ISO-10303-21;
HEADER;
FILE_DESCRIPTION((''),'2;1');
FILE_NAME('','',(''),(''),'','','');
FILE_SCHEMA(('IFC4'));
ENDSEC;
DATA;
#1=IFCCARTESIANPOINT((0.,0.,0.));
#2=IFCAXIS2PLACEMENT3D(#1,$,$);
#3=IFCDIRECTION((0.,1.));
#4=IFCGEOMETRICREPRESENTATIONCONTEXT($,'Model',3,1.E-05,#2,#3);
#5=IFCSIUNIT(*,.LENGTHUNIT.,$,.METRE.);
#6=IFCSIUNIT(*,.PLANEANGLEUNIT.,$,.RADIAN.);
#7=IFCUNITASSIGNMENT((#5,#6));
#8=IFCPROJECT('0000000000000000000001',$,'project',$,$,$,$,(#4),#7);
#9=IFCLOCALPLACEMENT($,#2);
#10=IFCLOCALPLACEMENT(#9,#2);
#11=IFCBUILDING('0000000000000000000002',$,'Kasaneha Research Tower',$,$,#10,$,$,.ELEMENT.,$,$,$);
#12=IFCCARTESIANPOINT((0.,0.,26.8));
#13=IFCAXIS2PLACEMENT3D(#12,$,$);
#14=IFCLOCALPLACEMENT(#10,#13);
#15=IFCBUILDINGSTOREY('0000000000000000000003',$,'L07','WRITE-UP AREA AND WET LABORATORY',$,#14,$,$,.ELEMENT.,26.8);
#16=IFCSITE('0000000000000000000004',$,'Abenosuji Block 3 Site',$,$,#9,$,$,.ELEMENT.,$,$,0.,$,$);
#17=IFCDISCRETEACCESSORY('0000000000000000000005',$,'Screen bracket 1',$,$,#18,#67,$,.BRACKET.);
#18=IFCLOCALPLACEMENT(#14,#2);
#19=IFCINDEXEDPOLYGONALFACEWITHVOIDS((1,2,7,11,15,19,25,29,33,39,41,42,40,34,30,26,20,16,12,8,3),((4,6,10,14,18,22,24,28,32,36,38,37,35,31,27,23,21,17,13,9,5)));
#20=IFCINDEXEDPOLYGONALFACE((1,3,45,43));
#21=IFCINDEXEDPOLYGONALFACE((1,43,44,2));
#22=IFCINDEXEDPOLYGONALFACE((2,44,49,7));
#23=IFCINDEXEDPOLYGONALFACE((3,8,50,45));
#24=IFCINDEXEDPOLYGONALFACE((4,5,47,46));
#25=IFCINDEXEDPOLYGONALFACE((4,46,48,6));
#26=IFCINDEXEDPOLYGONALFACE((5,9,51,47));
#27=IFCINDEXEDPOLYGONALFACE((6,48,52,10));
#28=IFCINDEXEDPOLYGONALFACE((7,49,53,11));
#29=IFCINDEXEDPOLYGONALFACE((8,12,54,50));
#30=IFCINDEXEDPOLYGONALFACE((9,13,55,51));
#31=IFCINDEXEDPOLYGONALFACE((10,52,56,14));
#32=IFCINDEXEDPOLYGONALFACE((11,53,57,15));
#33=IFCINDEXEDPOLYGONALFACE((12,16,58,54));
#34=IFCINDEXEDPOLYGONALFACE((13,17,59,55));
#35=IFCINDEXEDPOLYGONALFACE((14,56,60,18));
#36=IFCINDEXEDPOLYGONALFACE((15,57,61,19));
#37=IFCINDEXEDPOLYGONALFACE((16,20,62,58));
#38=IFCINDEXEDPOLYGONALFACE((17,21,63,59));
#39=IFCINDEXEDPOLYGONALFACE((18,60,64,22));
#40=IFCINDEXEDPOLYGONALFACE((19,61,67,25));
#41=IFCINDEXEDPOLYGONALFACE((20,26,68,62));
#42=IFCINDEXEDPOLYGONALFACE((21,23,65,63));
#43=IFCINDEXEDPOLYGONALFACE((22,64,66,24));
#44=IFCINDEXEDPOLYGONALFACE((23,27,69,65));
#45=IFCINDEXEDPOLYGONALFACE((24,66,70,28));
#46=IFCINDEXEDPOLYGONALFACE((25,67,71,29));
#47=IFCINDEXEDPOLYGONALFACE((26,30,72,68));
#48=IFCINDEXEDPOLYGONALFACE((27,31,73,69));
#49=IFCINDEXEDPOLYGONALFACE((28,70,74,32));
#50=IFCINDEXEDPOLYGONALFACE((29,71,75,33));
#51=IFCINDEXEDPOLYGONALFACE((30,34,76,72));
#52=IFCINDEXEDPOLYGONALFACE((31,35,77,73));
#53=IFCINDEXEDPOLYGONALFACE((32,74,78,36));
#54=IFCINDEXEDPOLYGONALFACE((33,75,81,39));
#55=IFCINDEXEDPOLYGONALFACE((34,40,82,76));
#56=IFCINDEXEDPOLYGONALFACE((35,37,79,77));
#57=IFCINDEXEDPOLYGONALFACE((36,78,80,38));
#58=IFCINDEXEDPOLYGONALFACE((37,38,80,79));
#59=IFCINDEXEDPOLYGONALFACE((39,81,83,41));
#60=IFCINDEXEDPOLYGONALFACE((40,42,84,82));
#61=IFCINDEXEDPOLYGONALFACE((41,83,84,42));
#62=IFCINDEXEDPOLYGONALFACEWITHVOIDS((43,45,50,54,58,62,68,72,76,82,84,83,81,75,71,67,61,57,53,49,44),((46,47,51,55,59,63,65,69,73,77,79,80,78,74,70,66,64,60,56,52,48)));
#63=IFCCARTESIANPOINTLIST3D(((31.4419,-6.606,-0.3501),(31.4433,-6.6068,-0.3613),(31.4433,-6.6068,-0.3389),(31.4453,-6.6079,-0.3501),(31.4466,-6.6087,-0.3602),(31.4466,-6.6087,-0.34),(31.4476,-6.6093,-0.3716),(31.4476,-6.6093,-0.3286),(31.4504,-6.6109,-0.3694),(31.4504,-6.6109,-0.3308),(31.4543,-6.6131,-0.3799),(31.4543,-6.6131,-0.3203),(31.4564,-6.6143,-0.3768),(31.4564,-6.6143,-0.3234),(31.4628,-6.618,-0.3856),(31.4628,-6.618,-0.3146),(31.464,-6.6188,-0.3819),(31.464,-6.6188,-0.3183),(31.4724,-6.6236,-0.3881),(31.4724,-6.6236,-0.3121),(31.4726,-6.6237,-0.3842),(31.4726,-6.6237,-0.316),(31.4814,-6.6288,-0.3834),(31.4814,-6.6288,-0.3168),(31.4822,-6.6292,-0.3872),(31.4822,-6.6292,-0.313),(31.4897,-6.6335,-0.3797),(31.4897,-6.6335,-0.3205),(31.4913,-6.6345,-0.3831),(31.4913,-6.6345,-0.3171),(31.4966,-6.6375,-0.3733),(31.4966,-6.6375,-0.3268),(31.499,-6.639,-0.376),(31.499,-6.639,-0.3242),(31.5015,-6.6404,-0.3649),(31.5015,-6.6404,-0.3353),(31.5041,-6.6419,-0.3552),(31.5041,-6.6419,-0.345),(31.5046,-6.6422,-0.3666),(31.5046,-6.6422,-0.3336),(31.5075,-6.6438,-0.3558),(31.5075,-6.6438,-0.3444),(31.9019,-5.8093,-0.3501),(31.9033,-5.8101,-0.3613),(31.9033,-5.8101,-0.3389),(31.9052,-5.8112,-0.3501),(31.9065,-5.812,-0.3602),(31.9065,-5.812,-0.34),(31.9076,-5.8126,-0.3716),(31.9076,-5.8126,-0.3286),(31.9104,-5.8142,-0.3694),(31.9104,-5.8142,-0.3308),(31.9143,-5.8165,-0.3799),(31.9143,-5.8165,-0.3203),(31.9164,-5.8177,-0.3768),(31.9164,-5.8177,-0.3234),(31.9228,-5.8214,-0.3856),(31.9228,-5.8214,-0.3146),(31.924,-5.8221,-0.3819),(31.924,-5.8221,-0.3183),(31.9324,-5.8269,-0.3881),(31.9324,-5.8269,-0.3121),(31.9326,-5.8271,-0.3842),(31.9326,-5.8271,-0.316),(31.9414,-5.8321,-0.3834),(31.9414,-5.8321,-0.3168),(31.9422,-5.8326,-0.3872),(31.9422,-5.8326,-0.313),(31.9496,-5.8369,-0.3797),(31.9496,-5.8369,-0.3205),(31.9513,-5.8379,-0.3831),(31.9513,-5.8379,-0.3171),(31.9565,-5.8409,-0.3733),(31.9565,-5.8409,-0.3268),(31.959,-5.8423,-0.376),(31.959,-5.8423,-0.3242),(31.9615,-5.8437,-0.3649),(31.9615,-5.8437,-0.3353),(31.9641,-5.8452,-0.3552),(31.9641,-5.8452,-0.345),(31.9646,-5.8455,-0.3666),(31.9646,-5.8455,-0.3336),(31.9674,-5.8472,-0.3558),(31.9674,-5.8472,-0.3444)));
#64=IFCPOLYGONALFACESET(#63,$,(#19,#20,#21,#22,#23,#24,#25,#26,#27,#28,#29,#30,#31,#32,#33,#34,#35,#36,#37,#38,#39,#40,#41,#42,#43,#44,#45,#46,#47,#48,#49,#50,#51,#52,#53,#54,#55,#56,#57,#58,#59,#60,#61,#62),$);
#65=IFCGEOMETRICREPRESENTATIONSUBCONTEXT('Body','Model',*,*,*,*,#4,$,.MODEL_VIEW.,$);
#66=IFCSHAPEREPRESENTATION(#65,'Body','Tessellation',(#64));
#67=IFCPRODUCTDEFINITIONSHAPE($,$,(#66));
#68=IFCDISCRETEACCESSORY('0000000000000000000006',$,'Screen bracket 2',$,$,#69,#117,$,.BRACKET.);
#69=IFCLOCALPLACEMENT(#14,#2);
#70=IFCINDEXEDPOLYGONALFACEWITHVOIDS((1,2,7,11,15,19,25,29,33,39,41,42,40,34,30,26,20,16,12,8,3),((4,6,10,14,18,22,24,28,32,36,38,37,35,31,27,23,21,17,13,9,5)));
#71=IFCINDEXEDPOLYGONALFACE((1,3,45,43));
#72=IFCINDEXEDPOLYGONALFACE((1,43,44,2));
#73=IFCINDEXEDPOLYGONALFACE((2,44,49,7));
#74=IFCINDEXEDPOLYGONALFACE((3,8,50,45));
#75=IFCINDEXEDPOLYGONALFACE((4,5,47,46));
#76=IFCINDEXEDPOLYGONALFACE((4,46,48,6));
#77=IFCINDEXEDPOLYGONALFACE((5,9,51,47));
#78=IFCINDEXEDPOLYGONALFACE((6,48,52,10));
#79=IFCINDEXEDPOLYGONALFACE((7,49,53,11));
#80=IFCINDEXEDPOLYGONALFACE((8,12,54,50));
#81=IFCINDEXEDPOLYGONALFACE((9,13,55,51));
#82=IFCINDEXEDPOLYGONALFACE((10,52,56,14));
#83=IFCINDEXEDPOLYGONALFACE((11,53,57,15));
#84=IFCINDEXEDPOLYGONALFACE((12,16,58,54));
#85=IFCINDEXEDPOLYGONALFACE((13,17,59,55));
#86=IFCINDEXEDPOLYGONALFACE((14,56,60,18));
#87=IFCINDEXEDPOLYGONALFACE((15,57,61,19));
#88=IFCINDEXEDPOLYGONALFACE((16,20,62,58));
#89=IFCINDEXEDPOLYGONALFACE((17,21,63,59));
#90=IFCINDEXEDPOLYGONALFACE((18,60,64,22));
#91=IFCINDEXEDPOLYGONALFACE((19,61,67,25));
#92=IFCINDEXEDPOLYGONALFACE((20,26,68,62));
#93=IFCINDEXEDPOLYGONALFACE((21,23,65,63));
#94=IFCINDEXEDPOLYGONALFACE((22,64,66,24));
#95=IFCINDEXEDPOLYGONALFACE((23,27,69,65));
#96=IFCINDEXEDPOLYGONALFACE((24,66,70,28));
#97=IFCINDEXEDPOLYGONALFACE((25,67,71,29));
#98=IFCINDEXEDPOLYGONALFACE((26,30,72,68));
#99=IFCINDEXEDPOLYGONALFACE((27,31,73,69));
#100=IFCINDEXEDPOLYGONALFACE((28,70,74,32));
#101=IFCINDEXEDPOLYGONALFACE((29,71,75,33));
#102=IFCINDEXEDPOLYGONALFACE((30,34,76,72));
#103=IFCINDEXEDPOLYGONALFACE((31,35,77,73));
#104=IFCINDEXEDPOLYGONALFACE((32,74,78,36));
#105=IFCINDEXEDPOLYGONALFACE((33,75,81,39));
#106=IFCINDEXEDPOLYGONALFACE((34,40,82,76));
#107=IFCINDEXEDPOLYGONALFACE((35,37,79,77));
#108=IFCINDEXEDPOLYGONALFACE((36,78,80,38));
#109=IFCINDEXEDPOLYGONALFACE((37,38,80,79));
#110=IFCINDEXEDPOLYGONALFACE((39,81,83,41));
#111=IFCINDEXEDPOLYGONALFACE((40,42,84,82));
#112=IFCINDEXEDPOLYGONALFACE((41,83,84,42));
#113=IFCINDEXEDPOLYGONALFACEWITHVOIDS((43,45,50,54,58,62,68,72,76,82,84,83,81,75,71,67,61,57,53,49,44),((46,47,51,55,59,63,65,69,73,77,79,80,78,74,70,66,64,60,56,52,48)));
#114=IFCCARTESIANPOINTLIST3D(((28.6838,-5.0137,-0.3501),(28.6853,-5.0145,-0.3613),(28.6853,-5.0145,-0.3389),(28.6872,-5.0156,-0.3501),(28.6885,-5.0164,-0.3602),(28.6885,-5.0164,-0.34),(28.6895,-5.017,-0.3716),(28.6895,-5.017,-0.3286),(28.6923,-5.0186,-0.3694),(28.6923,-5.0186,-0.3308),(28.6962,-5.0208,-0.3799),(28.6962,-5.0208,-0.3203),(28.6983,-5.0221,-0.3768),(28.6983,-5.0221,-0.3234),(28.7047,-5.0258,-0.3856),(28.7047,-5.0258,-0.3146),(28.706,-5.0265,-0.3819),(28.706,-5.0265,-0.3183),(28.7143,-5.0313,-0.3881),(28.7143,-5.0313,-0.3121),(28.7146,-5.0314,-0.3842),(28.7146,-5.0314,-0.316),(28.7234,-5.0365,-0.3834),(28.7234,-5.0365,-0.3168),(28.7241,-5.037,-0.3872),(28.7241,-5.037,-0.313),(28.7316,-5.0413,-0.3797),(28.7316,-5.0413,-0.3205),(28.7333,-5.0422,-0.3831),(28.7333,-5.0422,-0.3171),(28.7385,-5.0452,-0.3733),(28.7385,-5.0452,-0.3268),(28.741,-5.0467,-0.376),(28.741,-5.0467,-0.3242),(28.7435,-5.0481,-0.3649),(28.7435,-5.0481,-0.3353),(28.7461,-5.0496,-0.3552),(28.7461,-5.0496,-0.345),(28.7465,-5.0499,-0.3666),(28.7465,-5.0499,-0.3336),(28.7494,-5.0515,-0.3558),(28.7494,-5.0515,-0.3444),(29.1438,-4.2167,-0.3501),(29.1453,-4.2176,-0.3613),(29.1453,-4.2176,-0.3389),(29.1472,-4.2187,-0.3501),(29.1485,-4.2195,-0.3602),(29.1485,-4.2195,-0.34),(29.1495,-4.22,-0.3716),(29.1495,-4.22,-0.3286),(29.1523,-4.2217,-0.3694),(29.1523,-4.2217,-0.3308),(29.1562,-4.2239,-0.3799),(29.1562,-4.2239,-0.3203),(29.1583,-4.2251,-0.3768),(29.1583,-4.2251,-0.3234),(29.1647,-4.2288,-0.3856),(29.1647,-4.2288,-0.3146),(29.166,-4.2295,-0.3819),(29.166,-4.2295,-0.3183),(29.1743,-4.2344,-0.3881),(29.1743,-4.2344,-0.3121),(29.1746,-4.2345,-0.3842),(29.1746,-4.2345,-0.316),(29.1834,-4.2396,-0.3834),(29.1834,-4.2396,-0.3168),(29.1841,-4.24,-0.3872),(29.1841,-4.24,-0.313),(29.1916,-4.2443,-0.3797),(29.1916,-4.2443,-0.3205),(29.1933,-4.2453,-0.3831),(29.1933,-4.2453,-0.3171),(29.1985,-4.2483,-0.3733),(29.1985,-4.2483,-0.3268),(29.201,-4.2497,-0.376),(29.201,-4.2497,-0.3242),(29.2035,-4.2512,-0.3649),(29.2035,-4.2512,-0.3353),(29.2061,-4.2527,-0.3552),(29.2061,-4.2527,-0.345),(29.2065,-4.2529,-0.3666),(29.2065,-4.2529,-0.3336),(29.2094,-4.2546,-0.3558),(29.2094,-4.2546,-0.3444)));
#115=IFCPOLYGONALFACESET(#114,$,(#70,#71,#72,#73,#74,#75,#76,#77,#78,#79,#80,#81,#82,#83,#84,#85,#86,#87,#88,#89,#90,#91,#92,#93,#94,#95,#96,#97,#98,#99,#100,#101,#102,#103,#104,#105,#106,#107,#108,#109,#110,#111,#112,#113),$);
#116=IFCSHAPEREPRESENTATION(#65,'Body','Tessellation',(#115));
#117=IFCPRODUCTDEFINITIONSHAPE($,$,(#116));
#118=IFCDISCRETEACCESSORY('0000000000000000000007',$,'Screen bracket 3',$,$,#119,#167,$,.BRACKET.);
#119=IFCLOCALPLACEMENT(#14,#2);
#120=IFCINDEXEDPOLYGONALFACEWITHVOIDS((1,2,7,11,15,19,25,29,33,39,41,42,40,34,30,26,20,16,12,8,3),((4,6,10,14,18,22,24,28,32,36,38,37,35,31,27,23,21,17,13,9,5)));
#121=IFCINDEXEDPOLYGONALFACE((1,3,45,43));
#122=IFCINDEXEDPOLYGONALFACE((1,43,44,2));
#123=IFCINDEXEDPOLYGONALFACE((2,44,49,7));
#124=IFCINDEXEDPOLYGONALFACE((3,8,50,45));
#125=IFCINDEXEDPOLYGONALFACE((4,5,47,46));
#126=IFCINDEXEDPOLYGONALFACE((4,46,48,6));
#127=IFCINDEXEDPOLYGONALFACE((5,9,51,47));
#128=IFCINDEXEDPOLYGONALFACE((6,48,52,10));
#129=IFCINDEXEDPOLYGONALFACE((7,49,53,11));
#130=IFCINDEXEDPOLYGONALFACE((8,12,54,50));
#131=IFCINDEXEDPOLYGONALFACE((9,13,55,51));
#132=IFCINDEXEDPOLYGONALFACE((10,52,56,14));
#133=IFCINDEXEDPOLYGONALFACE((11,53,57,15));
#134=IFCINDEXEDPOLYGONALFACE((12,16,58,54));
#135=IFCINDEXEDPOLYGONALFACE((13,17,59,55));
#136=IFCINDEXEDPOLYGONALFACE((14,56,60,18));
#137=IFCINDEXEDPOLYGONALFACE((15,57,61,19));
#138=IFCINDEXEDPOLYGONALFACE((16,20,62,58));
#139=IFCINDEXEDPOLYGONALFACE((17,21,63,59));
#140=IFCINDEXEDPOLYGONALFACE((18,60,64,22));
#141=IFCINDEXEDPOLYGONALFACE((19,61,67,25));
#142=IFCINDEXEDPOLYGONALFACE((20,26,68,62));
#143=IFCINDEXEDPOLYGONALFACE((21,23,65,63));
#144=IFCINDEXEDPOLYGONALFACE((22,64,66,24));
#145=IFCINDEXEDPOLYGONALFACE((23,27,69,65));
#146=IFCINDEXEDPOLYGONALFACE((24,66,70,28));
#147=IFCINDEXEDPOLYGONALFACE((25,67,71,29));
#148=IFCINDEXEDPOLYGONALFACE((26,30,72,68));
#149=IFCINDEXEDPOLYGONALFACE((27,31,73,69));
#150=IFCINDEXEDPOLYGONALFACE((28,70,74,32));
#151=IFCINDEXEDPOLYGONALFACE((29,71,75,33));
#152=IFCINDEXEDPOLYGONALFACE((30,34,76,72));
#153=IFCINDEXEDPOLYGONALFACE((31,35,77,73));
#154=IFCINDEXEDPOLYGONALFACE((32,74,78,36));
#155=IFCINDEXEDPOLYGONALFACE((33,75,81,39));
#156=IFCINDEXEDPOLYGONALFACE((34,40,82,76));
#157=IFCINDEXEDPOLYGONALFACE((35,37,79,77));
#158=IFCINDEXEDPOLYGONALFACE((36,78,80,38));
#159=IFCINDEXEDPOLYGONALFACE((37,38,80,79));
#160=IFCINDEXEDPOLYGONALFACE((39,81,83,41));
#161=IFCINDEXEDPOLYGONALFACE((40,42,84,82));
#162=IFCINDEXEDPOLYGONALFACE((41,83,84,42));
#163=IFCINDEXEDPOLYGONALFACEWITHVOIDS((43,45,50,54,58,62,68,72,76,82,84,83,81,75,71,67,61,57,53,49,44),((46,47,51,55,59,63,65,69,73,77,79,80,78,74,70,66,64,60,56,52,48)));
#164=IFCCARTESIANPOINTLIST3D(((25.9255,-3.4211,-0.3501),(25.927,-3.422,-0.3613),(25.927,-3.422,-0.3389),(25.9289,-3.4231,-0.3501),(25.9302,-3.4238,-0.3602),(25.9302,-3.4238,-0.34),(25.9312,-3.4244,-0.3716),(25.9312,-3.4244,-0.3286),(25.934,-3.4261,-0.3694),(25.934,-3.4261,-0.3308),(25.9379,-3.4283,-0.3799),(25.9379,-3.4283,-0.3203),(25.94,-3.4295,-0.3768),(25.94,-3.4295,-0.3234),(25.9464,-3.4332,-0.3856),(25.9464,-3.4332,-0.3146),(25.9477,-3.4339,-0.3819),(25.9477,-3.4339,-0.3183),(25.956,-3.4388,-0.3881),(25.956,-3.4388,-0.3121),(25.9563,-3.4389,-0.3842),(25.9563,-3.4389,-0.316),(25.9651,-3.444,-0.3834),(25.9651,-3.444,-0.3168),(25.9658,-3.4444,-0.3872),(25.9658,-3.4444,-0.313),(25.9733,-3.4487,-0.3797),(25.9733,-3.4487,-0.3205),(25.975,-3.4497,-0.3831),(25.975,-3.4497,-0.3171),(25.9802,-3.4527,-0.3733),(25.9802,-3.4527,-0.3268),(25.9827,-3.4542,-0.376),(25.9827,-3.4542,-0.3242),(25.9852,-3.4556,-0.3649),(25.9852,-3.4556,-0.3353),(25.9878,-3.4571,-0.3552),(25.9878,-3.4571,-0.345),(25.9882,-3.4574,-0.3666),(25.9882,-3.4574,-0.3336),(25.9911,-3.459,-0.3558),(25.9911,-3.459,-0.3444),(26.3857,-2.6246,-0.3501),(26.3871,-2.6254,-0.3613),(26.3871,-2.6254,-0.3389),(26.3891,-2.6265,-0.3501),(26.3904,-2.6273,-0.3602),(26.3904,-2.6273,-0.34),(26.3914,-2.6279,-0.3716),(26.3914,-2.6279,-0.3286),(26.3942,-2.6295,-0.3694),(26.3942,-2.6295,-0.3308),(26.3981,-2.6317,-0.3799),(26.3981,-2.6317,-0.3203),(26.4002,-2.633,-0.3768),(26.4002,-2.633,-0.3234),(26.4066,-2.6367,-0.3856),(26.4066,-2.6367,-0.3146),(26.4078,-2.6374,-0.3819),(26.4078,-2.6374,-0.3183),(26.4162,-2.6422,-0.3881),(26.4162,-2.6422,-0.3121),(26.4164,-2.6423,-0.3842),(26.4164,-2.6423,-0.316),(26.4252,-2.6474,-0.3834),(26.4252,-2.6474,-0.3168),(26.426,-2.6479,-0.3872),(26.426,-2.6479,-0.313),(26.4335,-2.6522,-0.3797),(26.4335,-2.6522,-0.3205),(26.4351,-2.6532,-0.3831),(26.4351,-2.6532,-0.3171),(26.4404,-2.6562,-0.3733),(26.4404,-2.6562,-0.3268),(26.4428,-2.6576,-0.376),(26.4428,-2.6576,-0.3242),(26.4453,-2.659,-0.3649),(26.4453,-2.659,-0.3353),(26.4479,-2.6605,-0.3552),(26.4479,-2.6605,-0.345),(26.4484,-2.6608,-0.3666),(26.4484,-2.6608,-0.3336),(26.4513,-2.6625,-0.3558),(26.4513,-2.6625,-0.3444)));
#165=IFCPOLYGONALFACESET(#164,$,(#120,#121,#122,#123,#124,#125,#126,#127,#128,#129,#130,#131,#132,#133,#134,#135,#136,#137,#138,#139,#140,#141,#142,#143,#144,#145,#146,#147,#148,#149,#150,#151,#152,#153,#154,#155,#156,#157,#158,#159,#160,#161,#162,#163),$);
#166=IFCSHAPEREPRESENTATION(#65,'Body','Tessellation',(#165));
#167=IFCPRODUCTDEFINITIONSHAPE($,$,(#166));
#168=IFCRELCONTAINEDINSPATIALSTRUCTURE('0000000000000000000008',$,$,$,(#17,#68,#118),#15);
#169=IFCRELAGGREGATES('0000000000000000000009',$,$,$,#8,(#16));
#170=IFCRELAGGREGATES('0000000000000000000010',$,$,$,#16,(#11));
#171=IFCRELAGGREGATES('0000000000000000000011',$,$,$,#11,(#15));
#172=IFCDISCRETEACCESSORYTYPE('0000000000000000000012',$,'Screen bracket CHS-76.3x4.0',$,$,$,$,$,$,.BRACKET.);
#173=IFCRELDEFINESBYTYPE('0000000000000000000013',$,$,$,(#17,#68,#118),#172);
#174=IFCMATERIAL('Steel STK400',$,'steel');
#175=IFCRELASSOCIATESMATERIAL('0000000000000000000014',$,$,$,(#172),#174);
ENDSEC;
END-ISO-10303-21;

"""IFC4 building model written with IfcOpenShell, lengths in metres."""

from ifc_helpers import new_model, si_unit, direction, frame, origin, origin_2d, place, context, subcontext, project, spatial, hollow_circle, extrude, material, material_profile, profile_set, type_object, element, save


model = new_model("IFC4")

# Units and contexts
model_context = context("Model", 3, precision=1e-05, world=origin(), true_north=direction((0.0, 1.0)))
body_context = subcontext(model_context, "Body", "Model", "MODEL_VIEW")
ifc_project = project(units=[si_unit("LENGTHUNIT", "METRE"), si_unit("PLANEANGLEUNIT", "RADIAN")], contexts=[model_context])

# Site, building, storey
site_placement = place(None, origin())
site = spatial("IfcSite", under=ifc_project, at=site_placement, Name="Abenosuji Block 3 Site", CompositionType="ELEMENT", RefElevation=0.0)
building_placement = place(site_placement, origin())
building = spatial("IfcBuilding", under=site, at=building_placement, Name="Kasaneha Research Tower", CompositionType="ELEMENT")
storey_placement = place(building_placement, frame((0.0, 0.0, 26.8)))
storey = spatial("IfcBuildingStorey", under=building, at=storey_placement, Name="L07", Description="WRITE-UP AREA AND WET LABORATORY", CompositionType="ELEMENT", Elevation=26.8)

# Discrete accessories
ifc_material_1 = material(Name="Steel STK400", Category="steel")
ifc_material_profile_1 = material_profile(ifc_material_1, hollow_circle(Radius=0.0381, WallThickness=0.0039, at=origin_2d()), Name="CHS-76.3x4.0")
ifc_profile_set_1 = profile_set([ifc_material_profile_1], Name="Steel STK400")
discrete_accessory_type = type_object("IfcDiscreteAccessoryType", Name="Screen bracket CHS-76.3x4.0", PredefinedType="BRACKET", material=ifc_profile_set_1)
discrete_accessory_1_placement = place(storey_placement, frame((31.4749, -6.625, -0.3501), z_axis=(0.500021, 0.866013, 0.0), x_axis=(-0.866013, 0.500021, 0.0)))
element("IfcDiscreteAccessory", 1, at=discrete_accessory_1_placement, inside=storey, type_object=discrete_accessory_type, Name="Screen bracket 1", PredefinedType="BRACKET", context=body_context, shape_type="SweptSolid", body=[
    extrude(hollow_circle(Radius=0.0381, WallThickness=0.0039, at=origin_2d()), origin(), (0.0, 0.0, 1.0), 0.9199),
])
discrete_accessory_2_placement = place(storey_placement, frame((28.7168, -5.0327, -0.3501), z_axis=(0.499906, 0.86608, 0.0), x_axis=(-0.86608, 0.499906, 0.0)))
element("IfcDiscreteAccessory", 2, at=discrete_accessory_2_placement, inside=storey, type_object=discrete_accessory_type, Name="Screen bracket 2", PredefinedType="BRACKET", context=body_context, shape_type="SweptSolid", body=[
    extrude(hollow_circle(Radius=0.0381, WallThickness=0.0039, at=origin_2d()), origin(), (0.0, 0.0, 1.0), 0.9202),
])
discrete_accessory_3_placement = place(storey_placement, frame((25.9585, -3.4402, -0.3501), z_axis=(0.50022, 0.865898, 0.0), x_axis=(-0.865898, 0.50022, 0.0)))
element("IfcDiscreteAccessory", 3, at=discrete_accessory_3_placement, inside=storey, type_object=discrete_accessory_type, Name="Screen bracket 3", PredefinedType="BRACKET", context=body_context, shape_type="SweptSolid", body=[
    extrude(hollow_circle(Radius=0.0381, WallThickness=0.0039, at=origin_2d()), origin(), (0.0, 0.0, 1.0), 0.9199),
])

save(model, "model.ifc")
